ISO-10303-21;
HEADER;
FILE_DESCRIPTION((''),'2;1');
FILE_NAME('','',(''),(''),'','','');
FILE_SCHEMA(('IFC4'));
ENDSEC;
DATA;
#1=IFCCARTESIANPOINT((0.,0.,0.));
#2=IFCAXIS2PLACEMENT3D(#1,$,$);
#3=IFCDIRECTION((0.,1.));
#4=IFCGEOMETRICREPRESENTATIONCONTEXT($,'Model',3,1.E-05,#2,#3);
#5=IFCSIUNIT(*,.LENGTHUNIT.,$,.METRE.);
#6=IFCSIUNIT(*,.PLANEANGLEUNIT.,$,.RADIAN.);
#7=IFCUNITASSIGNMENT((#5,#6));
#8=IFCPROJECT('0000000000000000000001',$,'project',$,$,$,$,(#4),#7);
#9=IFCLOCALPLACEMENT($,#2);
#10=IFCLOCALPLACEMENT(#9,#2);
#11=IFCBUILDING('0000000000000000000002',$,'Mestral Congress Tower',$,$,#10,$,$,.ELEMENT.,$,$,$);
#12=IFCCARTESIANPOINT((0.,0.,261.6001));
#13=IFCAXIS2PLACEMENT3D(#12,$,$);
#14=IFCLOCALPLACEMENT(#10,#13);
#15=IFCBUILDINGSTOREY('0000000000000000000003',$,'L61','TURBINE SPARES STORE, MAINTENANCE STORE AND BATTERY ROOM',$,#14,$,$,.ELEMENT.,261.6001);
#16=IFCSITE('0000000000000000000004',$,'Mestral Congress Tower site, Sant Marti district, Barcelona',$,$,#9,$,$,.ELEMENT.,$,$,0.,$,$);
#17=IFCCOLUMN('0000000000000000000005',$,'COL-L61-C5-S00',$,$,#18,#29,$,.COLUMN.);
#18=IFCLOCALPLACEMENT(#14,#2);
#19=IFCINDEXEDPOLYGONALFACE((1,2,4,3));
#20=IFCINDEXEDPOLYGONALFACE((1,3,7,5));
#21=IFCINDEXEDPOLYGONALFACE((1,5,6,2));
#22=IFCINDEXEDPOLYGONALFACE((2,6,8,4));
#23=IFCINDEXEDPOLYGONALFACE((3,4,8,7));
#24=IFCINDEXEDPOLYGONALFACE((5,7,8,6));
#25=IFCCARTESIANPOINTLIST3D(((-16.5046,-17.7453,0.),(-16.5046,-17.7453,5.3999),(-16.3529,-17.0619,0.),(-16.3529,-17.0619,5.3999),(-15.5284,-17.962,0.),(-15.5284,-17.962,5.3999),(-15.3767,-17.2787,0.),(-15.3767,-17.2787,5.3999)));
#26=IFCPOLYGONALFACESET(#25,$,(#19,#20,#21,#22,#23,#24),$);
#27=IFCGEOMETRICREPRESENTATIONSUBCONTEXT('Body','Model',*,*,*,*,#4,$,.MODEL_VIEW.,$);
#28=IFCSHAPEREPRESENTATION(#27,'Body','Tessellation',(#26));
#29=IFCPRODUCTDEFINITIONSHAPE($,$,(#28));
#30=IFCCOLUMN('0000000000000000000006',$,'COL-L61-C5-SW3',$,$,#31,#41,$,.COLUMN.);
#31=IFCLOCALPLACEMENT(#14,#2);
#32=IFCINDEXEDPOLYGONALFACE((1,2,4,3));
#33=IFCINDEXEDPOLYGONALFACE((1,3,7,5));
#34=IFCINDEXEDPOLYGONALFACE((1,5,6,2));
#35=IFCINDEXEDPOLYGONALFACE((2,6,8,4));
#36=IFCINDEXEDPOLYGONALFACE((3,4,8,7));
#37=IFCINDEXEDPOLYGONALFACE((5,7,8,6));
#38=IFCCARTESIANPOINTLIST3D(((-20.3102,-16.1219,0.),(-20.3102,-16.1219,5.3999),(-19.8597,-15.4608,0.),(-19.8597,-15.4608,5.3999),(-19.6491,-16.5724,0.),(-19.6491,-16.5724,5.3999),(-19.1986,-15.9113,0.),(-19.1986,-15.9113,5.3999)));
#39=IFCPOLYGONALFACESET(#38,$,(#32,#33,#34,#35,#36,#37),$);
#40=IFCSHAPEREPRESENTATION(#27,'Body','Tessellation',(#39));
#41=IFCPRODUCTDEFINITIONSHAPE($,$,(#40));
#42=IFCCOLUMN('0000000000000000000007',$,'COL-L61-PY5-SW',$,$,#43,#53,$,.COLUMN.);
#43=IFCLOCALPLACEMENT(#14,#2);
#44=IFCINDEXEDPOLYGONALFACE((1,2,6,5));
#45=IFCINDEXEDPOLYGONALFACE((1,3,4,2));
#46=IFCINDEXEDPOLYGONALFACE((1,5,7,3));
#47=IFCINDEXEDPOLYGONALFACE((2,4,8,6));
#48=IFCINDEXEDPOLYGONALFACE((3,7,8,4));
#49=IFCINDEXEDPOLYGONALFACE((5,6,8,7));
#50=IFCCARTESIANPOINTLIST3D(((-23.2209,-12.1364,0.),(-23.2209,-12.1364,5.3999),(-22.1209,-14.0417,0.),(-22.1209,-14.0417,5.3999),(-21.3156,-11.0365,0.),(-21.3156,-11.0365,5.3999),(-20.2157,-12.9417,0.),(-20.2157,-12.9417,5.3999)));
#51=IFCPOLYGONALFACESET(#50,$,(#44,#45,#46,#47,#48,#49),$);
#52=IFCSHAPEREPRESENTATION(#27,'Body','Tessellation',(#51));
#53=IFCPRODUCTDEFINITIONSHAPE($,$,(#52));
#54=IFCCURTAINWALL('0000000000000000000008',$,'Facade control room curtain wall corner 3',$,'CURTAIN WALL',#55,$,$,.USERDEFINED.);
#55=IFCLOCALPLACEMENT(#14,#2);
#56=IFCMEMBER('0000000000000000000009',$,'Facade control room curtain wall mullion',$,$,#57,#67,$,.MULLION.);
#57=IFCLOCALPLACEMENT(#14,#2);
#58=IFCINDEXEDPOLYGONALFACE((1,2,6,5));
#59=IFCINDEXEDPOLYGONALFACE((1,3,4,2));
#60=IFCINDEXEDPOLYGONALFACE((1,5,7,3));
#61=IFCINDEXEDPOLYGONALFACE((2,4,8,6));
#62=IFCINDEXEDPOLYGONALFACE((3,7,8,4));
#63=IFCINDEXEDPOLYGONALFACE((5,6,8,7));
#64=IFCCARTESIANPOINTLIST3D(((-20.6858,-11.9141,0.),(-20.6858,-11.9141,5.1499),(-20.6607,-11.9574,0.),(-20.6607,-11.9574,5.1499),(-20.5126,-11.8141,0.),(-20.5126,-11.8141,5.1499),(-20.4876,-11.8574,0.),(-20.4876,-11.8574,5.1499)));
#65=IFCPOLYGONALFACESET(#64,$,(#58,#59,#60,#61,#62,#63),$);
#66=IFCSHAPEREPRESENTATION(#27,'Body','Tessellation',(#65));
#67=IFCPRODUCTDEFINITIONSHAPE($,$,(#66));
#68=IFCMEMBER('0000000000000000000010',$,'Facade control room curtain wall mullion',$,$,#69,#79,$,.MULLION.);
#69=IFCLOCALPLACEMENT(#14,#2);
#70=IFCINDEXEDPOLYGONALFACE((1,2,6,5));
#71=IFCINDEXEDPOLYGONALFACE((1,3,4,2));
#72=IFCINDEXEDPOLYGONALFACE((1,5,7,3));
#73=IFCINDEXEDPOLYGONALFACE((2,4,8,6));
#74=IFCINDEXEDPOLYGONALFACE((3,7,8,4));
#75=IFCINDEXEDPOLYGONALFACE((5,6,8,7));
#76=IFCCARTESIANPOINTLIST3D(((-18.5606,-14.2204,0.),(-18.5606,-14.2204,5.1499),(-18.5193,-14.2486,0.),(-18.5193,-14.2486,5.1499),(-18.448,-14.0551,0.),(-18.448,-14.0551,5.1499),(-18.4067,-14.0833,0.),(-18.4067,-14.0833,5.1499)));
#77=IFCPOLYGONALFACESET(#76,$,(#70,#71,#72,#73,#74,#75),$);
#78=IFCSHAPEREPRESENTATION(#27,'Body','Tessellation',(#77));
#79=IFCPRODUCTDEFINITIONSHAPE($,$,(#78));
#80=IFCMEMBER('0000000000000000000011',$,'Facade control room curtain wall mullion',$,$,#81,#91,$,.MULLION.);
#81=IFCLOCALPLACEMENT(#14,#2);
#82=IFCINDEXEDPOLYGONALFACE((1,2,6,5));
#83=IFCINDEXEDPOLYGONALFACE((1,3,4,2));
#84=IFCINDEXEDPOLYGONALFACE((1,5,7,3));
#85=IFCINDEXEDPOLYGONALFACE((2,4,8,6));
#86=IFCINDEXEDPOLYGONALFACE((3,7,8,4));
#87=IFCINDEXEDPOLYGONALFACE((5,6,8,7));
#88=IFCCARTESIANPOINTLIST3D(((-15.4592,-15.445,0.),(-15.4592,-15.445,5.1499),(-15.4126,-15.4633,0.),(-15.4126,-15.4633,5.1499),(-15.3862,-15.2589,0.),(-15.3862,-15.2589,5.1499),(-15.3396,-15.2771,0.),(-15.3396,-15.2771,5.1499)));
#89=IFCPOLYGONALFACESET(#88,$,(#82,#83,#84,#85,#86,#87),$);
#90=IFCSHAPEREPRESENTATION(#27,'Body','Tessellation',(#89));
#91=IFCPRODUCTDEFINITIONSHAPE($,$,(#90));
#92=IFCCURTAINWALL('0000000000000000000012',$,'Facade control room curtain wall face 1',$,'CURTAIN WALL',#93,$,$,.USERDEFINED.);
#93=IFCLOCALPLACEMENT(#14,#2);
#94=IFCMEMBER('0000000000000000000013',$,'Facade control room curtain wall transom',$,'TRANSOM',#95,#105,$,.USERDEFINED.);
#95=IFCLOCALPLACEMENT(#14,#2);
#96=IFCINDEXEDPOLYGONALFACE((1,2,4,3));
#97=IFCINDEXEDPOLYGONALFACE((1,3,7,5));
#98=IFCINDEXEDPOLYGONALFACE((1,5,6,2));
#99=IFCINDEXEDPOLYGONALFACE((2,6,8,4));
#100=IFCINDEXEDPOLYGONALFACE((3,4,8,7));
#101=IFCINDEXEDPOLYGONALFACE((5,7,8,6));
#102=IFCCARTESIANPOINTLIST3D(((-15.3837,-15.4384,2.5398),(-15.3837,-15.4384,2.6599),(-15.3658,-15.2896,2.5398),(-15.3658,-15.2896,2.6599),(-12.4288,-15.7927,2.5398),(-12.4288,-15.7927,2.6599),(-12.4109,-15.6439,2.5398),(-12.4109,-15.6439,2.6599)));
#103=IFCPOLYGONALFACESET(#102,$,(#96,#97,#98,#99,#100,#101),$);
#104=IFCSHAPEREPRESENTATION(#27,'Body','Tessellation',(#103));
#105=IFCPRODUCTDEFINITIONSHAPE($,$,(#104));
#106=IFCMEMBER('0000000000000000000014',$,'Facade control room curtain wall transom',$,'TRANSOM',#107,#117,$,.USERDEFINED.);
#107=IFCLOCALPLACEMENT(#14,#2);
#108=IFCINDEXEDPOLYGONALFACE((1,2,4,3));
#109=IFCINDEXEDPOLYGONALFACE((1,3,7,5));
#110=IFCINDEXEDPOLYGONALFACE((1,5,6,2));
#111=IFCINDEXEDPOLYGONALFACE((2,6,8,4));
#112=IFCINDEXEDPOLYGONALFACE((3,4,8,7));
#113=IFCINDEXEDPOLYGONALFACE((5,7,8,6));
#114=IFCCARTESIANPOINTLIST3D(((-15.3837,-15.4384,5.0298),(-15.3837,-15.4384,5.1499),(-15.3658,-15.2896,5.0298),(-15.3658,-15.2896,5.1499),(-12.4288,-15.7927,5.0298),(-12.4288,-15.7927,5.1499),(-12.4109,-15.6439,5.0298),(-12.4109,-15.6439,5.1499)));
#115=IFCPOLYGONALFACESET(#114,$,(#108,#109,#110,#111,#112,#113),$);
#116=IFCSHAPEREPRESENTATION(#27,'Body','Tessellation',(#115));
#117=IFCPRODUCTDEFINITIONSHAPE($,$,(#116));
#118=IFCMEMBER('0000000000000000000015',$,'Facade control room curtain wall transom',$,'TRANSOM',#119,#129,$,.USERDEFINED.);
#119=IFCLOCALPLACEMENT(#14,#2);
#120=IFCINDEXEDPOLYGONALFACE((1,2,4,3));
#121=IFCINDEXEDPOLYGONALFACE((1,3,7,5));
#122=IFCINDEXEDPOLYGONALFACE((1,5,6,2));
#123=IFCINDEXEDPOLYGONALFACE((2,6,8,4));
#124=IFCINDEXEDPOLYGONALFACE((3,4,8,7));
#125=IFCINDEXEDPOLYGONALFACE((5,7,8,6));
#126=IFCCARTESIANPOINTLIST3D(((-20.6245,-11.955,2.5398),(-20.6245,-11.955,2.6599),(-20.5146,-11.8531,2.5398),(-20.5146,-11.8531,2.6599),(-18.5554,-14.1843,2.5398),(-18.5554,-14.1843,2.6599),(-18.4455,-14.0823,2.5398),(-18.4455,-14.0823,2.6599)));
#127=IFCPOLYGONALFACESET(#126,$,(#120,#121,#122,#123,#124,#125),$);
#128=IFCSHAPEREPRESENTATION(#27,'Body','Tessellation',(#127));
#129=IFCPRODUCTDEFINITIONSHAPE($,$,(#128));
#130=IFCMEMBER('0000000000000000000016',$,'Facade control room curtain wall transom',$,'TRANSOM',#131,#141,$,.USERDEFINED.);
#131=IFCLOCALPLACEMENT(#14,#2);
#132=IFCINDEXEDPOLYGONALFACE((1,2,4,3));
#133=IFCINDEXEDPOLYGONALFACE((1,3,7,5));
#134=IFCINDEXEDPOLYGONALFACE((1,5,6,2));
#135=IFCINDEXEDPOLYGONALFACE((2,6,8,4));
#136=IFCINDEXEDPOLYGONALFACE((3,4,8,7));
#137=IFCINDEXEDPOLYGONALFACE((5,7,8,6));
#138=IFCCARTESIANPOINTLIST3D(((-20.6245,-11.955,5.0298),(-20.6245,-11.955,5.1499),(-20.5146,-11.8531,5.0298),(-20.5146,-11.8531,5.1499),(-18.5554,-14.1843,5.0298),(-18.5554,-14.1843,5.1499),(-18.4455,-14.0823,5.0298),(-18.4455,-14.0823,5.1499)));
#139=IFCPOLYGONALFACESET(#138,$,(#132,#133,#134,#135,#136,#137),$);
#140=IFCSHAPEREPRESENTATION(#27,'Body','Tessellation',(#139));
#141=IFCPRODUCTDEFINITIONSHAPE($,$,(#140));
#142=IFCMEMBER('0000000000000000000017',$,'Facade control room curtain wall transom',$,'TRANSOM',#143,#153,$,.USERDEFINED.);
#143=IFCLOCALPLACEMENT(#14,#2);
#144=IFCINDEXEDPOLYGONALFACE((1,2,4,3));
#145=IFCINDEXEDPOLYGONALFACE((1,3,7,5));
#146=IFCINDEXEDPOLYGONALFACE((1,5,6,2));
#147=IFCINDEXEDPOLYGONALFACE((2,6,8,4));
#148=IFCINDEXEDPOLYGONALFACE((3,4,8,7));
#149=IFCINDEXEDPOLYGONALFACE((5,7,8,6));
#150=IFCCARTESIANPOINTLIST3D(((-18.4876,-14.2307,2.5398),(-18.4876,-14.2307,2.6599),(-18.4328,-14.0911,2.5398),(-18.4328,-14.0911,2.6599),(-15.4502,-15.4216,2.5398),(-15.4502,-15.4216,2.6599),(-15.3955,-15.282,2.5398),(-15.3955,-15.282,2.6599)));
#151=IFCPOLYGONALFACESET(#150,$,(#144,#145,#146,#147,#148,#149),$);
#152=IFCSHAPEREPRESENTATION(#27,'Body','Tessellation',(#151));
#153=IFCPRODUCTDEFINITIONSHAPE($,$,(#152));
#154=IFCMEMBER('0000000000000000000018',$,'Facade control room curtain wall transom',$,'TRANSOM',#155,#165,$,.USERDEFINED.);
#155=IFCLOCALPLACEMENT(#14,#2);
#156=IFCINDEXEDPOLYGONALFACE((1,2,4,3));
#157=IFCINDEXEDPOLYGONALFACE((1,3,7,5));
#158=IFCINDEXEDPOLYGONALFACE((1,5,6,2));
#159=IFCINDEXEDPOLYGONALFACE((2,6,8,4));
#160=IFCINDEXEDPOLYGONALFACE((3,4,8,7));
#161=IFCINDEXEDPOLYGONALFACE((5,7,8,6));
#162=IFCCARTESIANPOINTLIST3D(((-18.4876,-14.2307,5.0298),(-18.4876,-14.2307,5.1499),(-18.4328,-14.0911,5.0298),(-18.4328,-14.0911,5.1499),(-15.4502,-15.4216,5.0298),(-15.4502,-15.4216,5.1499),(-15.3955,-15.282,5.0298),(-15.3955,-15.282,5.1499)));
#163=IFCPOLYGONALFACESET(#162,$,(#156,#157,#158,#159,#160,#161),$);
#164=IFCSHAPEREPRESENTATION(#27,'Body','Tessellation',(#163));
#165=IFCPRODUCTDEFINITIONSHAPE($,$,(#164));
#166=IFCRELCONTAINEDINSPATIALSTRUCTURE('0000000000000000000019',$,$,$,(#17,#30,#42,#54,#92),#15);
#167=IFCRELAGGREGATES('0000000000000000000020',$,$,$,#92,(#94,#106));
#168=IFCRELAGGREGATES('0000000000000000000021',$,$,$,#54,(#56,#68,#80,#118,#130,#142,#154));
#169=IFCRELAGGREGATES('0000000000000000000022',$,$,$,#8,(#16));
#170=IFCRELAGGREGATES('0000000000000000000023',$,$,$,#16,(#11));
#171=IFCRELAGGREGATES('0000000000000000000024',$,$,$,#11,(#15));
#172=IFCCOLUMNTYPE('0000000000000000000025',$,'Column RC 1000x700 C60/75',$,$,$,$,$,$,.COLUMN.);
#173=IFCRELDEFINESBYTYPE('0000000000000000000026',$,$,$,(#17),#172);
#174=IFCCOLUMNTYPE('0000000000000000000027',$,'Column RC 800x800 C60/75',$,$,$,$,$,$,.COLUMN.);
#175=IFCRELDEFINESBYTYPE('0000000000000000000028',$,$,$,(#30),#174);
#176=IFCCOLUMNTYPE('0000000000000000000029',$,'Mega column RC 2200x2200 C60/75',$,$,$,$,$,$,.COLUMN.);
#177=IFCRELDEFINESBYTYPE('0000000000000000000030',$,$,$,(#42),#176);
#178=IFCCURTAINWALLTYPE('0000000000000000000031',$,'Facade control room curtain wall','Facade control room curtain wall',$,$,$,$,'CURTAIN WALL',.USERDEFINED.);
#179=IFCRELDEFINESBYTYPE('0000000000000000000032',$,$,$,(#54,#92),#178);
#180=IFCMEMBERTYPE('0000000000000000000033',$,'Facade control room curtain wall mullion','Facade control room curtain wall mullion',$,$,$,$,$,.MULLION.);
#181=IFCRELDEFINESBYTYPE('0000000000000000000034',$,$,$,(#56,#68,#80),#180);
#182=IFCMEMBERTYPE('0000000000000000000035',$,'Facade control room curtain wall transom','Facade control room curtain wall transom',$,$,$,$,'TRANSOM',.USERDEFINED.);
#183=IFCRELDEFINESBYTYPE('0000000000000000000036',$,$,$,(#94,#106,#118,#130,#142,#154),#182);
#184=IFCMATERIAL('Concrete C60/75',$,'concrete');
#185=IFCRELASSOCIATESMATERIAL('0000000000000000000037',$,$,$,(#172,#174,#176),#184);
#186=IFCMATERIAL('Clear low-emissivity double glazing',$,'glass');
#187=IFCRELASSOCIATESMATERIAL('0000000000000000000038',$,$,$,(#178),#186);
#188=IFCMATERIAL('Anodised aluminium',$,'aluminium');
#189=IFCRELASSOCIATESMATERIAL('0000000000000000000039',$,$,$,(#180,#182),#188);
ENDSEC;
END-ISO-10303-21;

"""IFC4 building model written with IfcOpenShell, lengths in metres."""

from ifc_helpers import new_model, si_unit, direction, frame, origin, origin_2d, place, context, subcontext, project, spatial, rectangle, extrude, material, material_profile, profile_set, type_object, element, aggregate, save


model = new_model("IFC4")

# Units and contexts
model_context = context("Model", 3, precision=1e-05, world=origin(), true_north=direction((0.0, 1.0)))
body_context = subcontext(model_context, "Body", "Model", "MODEL_VIEW")
ifc_project = project(units=[si_unit("LENGTHUNIT", "METRE"), si_unit("PLANEANGLEUNIT", "RADIAN")], contexts=[model_context])

# Site, building, storey
site_placement = place(None, origin())
site = spatial("IfcSite", under=ifc_project, at=site_placement, Name="Mestral Congress Tower site, Sant Marti district, Barcelona", CompositionType="ELEMENT", RefElevation=0.0)
building_placement = place(site_placement, origin())
building = spatial("IfcBuilding", under=site, at=building_placement, Name="Mestral Congress Tower", CompositionType="ELEMENT")
storey_placement = place(building_placement, frame((0.0, 0.0, 261.6001)))
storey = spatial("IfcBuildingStorey", under=building, at=storey_placement, Name="L61", Description="TURBINE SPARES STORE, MAINTENANCE STORE AND BATTERY ROOM", CompositionType="ELEMENT", Elevation=261.6001)

# Columns
ifc_material_1 = material(Name="Concrete C60/75", Category="concrete")
ifc_material_profile_1 = material_profile(ifc_material_1, rectangle(XDim=1.0, YDim=0.7, at=origin_2d()), Name="RC 1000x700")
ifc_profile_set_1 = profile_set([ifc_material_profile_1], Name="Concrete C60/75")
column_type_1 = type_object("IfcColumnType", Name="Column RC 1000x700 C60/75", PredefinedType="COLUMN", material=ifc_profile_set_1)
column_1_placement = place(storey_placement, frame((-15.9407, -17.512, 0.0), z_axis=(0.0, 0.0, 1.0), x_axis=(0.976234, -0.216721, 0.0)))
element("IfcColumn", 1, at=column_1_placement, inside=storey, type_object=column_type_1, Name="COL-L61-C5-S00", PredefinedType="COLUMN", context=body_context, shape_type="SweptSolid", body=[
    extrude(rectangle(XDim=1.0, YDim=0.7, at=origin_2d()), origin(), (0.0, 0.0, 1.0), 5.3999),
])
ifc_material_profile_2 = material_profile(ifc_material_1, rectangle(XDim=0.8, YDim=0.8, at=origin_2d()), Name="RC 800x800")
ifc_profile_set_2 = profile_set([ifc_material_profile_2], Name="Concrete C60/75")
column_type_2 = type_object("IfcColumnType", Name="Column RC 800x800 C60/75", PredefinedType="COLUMN", material=ifc_profile_set_2)
column_2_placement = place(storey_placement, frame((-19.7544, -16.0166, 0.0), z_axis=(0.0, 0.0, 1.0), x_axis=(0.826363, -0.563138, 0.0)))
element("IfcColumn", 2, at=column_2_placement, inside=storey, type_object=column_type_2, Name="COL-L61-C5-SW3", PredefinedType="COLUMN", context=body_context, shape_type="SweptSolid", body=[
    extrude(rectangle(XDim=0.8, YDim=0.8, at=origin_2d()), origin(), (0.0, 0.0, 1.0), 5.3999),
])
ifc_material_profile_3 = material_profile(ifc_material_1, rectangle(XDim=2.2, YDim=2.2, at=origin_2d()), Name="RC 2200x2200")
ifc_profile_set_3 = profile_set([ifc_material_profile_3], Name="Concrete C60/75")
column_type_3 = type_object("IfcColumnType", Name="Mega column RC 2200x2200 C60/75", PredefinedType="COLUMN", material=ifc_profile_set_3)
column_3_placement = place(storey_placement, frame((-21.7183, -12.5391, 0.0), z_axis=(0.0, 0.0, 1.0), x_axis=(-0.866025, -0.5, 0.0)))
element("IfcColumn", 3, at=column_3_placement, inside=storey, type_object=column_type_3, Name="COL-L61-PY5-SW", PredefinedType="COLUMN", context=body_context, shape_type="SweptSolid", body=[
    extrude(rectangle(XDim=2.2, YDim=2.2, at=origin_2d()), origin(), (0.0, 0.0, 1.0), 5.3999),
])

# Curtain walls, members
ifc_material_2 = material(Name="Clear low-emissivity double glazing", Category="glass")
curtain_wall_type = type_object("IfcCurtainWallType", Name="Facade control room curtain wall", Description="Facade control room curtain wall", ElementType="CURTAIN WALL", PredefinedType="USERDEFINED", material=ifc_material_2)
placement = place(storey_placement, origin())
curtain_wall_1 = element("IfcCurtainWall", 4, at=placement, inside=storey, type_object=curtain_wall_type, Name="Facade control room curtain wall corner 3", ObjectType="CURTAIN WALL", PredefinedType="USERDEFINED")
ifc_material_3 = material(Name="Anodised aluminium", Category="aluminium")
ifc_material_profile_4 = material_profile(ifc_material_3, rectangle(XDim=0.2, YDim=0.05, at=origin_2d()), Name="CW5 mullion 200 x 50")
ifc_profile_set_4 = profile_set([ifc_material_profile_4], Name="Anodised aluminium")
member_type_1 = type_object("IfcMemberType", Name="Facade control room curtain wall mullion", Description="Facade control room curtain wall mullion", PredefinedType="MULLION", material=ifc_profile_set_4)
member_1_placement = place(storey_placement, frame((-20.5867, -11.8857, 0.0), z_axis=(0.0, 0.0, 1.0), x_axis=(-0.866025, -0.5, 0.0)))
member_1 = element("IfcMember", 5, at=member_1_placement, type_object=member_type_1, Name="Facade control room curtain wall mullion", PredefinedType="MULLION", context=body_context, shape_type="SweptSolid", body=[
    extrude(rectangle(XDim=0.2, YDim=0.05, at=origin_2d()), origin(), (0.0, 0.0, 1.0), 5.1499),
])
member_2_placement = place(storey_placement, frame((-18.4836, -14.1519, 0.0), z_axis=(0.0, 0.0, 1.0), x_axis=(-0.563138, -0.826363, 0.0)))
member_2 = element("IfcMember", 6, at=member_2_placement, type_object=member_type_1, Name="Facade control room curtain wall mullion", PredefinedType="MULLION", context=body_context, shape_type="SweptSolid", body=[
    extrude(rectangle(XDim=0.2, YDim=0.05, at=origin_2d()), origin(), (0.0, 0.0, 1.0), 5.1499),
])
member_3_placement = place(storey_placement, frame((-15.3994, -15.3611, 0.0), z_axis=(0.0, 0.0, 1.0), x_axis=(-0.365034, -0.930994, 0.0)))
member_3 = element("IfcMember", 7, at=member_3_placement, type_object=member_type_1, Name="Facade control room curtain wall mullion", PredefinedType="MULLION", context=body_context, shape_type="SweptSolid", body=[
    extrude(rectangle(XDim=0.2, YDim=0.05, at=origin_2d()), origin(), (0.0, 0.0, 1.0), 5.1499),
])
curtain_wall_2 = element("IfcCurtainWall", 8, at=placement, inside=storey, type_object=curtain_wall_type, Name="Facade control room curtain wall face 1", ObjectType="CURTAIN WALL", PredefinedType="USERDEFINED")
ifc_material_profile_5 = material_profile(ifc_material_3, rectangle(XDim=0.1499, YDim=0.1201, at=origin_2d()), Name="CW5 transom 150 x 120")
ifc_profile_set_5 = profile_set([ifc_material_profile_5], Name="Anodised aluminium")
member_type_2 = type_object("IfcMemberType", Name="Facade control room curtain wall transom", Description="Facade control room curtain wall transom", ElementType="TRANSOM", PredefinedType="USERDEFINED", material=ifc_profile_set_5)
member_4_placement = place(storey_placement, frame((-15.3748, -15.364, 2.5999), z_axis=(0.99289, -0.119035, 0.0), x_axis=(0.119035, 0.99289, 0.0)))
member_4 = element("IfcMember", 9, at=member_4_placement, type_object=member_type_2, Name="Facade control room curtain wall transom", ObjectType="TRANSOM", PredefinedType="USERDEFINED", context=body_context, shape_type="SweptSolid", body=[
    extrude(rectangle(XDim=0.1499, YDim=0.1201, at=origin_2d()), origin(), (0.0, 0.0, 1.0), 2.9761),
])
member_5_placement = place(storey_placement, frame((-15.3748, -15.364, 5.0898), z_axis=(0.99289, -0.119035, 0.0), x_axis=(0.119035, 0.99289, 0.0)))
member_5 = element("IfcMember", 10, at=member_5_placement, type_object=member_type_2, Name="Facade control room curtain wall transom", ObjectType="TRANSOM", PredefinedType="USERDEFINED", context=body_context, shape_type="SweptSolid", body=[
    extrude(rectangle(XDim=0.1499, YDim=0.1201, at=origin_2d()), origin(), (0.0, 0.0, 1.0), 2.9761),
])

# Members
member_6_placement = place(storey_placement, frame((-20.5696, -11.9041, 2.5999), z_axis=(0.680288, -0.732945, 0.0), x_axis=(0.732945, 0.680288, 0.0)))
member_6 = element("IfcMember", 11, at=member_6_placement, type_object=member_type_2, Name="Facade control room curtain wall transom", ObjectType="TRANSOM", PredefinedType="USERDEFINED", context=body_context, shape_type="SweptSolid", body=[
    extrude(rectangle(XDim=0.1499, YDim=0.1201, at=origin_2d()), origin(), (0.0, 0.0, 1.0), 3.0415),
])
member_7_placement = place(storey_placement, frame((-20.5696, -11.9041, 5.0898), z_axis=(0.680288, -0.732945, 0.0), x_axis=(0.732945, 0.680288, 0.0)))
member_7 = element("IfcMember", 12, at=member_7_placement, type_object=member_type_2, Name="Facade control room curtain wall transom", ObjectType="TRANSOM", PredefinedType="USERDEFINED", context=body_context, shape_type="SweptSolid", body=[
    extrude(rectangle(XDim=0.1499, YDim=0.1201, at=origin_2d()), origin(), (0.0, 0.0, 1.0), 3.0415),
])
member_8_placement = place(storey_placement, frame((-18.4602, -14.1609, 2.5999), z_axis=(0.930994, -0.365034, 0.0), x_axis=(0.365034, 0.930994, 0.0)))
member_8 = element("IfcMember", 13, at=member_8_placement, type_object=member_type_2, Name="Facade control room curtain wall transom", ObjectType="TRANSOM", PredefinedType="USERDEFINED", context=body_context, shape_type="SweptSolid", body=[
    extrude(rectangle(XDim=0.1499, YDim=0.1201, at=origin_2d()), origin(), (0.0, 0.0, 1.0), 3.2625),
])
member_9_placement = place(storey_placement, frame((-18.4602, -14.1609, 5.0898), z_axis=(0.930994, -0.365034, 0.0), x_axis=(0.365034, 0.930994, 0.0)))
member_9 = element("IfcMember", 14, at=member_9_placement, type_object=member_type_2, Name="Facade control room curtain wall transom", ObjectType="TRANSOM", PredefinedType="USERDEFINED", context=body_context, shape_type="SweptSolid", body=[
    extrude(rectangle(XDim=0.1499, YDim=0.1201, at=origin_2d()), origin(), (0.0, 0.0, 1.0), 3.2625),
])

aggregate(curtain_wall_2, [member_4, member_5])
aggregate(curtain_wall_1, [member_1, member_2, member_3, member_6, member_7, member_8, member_9])

save(model, "model.ifc")
